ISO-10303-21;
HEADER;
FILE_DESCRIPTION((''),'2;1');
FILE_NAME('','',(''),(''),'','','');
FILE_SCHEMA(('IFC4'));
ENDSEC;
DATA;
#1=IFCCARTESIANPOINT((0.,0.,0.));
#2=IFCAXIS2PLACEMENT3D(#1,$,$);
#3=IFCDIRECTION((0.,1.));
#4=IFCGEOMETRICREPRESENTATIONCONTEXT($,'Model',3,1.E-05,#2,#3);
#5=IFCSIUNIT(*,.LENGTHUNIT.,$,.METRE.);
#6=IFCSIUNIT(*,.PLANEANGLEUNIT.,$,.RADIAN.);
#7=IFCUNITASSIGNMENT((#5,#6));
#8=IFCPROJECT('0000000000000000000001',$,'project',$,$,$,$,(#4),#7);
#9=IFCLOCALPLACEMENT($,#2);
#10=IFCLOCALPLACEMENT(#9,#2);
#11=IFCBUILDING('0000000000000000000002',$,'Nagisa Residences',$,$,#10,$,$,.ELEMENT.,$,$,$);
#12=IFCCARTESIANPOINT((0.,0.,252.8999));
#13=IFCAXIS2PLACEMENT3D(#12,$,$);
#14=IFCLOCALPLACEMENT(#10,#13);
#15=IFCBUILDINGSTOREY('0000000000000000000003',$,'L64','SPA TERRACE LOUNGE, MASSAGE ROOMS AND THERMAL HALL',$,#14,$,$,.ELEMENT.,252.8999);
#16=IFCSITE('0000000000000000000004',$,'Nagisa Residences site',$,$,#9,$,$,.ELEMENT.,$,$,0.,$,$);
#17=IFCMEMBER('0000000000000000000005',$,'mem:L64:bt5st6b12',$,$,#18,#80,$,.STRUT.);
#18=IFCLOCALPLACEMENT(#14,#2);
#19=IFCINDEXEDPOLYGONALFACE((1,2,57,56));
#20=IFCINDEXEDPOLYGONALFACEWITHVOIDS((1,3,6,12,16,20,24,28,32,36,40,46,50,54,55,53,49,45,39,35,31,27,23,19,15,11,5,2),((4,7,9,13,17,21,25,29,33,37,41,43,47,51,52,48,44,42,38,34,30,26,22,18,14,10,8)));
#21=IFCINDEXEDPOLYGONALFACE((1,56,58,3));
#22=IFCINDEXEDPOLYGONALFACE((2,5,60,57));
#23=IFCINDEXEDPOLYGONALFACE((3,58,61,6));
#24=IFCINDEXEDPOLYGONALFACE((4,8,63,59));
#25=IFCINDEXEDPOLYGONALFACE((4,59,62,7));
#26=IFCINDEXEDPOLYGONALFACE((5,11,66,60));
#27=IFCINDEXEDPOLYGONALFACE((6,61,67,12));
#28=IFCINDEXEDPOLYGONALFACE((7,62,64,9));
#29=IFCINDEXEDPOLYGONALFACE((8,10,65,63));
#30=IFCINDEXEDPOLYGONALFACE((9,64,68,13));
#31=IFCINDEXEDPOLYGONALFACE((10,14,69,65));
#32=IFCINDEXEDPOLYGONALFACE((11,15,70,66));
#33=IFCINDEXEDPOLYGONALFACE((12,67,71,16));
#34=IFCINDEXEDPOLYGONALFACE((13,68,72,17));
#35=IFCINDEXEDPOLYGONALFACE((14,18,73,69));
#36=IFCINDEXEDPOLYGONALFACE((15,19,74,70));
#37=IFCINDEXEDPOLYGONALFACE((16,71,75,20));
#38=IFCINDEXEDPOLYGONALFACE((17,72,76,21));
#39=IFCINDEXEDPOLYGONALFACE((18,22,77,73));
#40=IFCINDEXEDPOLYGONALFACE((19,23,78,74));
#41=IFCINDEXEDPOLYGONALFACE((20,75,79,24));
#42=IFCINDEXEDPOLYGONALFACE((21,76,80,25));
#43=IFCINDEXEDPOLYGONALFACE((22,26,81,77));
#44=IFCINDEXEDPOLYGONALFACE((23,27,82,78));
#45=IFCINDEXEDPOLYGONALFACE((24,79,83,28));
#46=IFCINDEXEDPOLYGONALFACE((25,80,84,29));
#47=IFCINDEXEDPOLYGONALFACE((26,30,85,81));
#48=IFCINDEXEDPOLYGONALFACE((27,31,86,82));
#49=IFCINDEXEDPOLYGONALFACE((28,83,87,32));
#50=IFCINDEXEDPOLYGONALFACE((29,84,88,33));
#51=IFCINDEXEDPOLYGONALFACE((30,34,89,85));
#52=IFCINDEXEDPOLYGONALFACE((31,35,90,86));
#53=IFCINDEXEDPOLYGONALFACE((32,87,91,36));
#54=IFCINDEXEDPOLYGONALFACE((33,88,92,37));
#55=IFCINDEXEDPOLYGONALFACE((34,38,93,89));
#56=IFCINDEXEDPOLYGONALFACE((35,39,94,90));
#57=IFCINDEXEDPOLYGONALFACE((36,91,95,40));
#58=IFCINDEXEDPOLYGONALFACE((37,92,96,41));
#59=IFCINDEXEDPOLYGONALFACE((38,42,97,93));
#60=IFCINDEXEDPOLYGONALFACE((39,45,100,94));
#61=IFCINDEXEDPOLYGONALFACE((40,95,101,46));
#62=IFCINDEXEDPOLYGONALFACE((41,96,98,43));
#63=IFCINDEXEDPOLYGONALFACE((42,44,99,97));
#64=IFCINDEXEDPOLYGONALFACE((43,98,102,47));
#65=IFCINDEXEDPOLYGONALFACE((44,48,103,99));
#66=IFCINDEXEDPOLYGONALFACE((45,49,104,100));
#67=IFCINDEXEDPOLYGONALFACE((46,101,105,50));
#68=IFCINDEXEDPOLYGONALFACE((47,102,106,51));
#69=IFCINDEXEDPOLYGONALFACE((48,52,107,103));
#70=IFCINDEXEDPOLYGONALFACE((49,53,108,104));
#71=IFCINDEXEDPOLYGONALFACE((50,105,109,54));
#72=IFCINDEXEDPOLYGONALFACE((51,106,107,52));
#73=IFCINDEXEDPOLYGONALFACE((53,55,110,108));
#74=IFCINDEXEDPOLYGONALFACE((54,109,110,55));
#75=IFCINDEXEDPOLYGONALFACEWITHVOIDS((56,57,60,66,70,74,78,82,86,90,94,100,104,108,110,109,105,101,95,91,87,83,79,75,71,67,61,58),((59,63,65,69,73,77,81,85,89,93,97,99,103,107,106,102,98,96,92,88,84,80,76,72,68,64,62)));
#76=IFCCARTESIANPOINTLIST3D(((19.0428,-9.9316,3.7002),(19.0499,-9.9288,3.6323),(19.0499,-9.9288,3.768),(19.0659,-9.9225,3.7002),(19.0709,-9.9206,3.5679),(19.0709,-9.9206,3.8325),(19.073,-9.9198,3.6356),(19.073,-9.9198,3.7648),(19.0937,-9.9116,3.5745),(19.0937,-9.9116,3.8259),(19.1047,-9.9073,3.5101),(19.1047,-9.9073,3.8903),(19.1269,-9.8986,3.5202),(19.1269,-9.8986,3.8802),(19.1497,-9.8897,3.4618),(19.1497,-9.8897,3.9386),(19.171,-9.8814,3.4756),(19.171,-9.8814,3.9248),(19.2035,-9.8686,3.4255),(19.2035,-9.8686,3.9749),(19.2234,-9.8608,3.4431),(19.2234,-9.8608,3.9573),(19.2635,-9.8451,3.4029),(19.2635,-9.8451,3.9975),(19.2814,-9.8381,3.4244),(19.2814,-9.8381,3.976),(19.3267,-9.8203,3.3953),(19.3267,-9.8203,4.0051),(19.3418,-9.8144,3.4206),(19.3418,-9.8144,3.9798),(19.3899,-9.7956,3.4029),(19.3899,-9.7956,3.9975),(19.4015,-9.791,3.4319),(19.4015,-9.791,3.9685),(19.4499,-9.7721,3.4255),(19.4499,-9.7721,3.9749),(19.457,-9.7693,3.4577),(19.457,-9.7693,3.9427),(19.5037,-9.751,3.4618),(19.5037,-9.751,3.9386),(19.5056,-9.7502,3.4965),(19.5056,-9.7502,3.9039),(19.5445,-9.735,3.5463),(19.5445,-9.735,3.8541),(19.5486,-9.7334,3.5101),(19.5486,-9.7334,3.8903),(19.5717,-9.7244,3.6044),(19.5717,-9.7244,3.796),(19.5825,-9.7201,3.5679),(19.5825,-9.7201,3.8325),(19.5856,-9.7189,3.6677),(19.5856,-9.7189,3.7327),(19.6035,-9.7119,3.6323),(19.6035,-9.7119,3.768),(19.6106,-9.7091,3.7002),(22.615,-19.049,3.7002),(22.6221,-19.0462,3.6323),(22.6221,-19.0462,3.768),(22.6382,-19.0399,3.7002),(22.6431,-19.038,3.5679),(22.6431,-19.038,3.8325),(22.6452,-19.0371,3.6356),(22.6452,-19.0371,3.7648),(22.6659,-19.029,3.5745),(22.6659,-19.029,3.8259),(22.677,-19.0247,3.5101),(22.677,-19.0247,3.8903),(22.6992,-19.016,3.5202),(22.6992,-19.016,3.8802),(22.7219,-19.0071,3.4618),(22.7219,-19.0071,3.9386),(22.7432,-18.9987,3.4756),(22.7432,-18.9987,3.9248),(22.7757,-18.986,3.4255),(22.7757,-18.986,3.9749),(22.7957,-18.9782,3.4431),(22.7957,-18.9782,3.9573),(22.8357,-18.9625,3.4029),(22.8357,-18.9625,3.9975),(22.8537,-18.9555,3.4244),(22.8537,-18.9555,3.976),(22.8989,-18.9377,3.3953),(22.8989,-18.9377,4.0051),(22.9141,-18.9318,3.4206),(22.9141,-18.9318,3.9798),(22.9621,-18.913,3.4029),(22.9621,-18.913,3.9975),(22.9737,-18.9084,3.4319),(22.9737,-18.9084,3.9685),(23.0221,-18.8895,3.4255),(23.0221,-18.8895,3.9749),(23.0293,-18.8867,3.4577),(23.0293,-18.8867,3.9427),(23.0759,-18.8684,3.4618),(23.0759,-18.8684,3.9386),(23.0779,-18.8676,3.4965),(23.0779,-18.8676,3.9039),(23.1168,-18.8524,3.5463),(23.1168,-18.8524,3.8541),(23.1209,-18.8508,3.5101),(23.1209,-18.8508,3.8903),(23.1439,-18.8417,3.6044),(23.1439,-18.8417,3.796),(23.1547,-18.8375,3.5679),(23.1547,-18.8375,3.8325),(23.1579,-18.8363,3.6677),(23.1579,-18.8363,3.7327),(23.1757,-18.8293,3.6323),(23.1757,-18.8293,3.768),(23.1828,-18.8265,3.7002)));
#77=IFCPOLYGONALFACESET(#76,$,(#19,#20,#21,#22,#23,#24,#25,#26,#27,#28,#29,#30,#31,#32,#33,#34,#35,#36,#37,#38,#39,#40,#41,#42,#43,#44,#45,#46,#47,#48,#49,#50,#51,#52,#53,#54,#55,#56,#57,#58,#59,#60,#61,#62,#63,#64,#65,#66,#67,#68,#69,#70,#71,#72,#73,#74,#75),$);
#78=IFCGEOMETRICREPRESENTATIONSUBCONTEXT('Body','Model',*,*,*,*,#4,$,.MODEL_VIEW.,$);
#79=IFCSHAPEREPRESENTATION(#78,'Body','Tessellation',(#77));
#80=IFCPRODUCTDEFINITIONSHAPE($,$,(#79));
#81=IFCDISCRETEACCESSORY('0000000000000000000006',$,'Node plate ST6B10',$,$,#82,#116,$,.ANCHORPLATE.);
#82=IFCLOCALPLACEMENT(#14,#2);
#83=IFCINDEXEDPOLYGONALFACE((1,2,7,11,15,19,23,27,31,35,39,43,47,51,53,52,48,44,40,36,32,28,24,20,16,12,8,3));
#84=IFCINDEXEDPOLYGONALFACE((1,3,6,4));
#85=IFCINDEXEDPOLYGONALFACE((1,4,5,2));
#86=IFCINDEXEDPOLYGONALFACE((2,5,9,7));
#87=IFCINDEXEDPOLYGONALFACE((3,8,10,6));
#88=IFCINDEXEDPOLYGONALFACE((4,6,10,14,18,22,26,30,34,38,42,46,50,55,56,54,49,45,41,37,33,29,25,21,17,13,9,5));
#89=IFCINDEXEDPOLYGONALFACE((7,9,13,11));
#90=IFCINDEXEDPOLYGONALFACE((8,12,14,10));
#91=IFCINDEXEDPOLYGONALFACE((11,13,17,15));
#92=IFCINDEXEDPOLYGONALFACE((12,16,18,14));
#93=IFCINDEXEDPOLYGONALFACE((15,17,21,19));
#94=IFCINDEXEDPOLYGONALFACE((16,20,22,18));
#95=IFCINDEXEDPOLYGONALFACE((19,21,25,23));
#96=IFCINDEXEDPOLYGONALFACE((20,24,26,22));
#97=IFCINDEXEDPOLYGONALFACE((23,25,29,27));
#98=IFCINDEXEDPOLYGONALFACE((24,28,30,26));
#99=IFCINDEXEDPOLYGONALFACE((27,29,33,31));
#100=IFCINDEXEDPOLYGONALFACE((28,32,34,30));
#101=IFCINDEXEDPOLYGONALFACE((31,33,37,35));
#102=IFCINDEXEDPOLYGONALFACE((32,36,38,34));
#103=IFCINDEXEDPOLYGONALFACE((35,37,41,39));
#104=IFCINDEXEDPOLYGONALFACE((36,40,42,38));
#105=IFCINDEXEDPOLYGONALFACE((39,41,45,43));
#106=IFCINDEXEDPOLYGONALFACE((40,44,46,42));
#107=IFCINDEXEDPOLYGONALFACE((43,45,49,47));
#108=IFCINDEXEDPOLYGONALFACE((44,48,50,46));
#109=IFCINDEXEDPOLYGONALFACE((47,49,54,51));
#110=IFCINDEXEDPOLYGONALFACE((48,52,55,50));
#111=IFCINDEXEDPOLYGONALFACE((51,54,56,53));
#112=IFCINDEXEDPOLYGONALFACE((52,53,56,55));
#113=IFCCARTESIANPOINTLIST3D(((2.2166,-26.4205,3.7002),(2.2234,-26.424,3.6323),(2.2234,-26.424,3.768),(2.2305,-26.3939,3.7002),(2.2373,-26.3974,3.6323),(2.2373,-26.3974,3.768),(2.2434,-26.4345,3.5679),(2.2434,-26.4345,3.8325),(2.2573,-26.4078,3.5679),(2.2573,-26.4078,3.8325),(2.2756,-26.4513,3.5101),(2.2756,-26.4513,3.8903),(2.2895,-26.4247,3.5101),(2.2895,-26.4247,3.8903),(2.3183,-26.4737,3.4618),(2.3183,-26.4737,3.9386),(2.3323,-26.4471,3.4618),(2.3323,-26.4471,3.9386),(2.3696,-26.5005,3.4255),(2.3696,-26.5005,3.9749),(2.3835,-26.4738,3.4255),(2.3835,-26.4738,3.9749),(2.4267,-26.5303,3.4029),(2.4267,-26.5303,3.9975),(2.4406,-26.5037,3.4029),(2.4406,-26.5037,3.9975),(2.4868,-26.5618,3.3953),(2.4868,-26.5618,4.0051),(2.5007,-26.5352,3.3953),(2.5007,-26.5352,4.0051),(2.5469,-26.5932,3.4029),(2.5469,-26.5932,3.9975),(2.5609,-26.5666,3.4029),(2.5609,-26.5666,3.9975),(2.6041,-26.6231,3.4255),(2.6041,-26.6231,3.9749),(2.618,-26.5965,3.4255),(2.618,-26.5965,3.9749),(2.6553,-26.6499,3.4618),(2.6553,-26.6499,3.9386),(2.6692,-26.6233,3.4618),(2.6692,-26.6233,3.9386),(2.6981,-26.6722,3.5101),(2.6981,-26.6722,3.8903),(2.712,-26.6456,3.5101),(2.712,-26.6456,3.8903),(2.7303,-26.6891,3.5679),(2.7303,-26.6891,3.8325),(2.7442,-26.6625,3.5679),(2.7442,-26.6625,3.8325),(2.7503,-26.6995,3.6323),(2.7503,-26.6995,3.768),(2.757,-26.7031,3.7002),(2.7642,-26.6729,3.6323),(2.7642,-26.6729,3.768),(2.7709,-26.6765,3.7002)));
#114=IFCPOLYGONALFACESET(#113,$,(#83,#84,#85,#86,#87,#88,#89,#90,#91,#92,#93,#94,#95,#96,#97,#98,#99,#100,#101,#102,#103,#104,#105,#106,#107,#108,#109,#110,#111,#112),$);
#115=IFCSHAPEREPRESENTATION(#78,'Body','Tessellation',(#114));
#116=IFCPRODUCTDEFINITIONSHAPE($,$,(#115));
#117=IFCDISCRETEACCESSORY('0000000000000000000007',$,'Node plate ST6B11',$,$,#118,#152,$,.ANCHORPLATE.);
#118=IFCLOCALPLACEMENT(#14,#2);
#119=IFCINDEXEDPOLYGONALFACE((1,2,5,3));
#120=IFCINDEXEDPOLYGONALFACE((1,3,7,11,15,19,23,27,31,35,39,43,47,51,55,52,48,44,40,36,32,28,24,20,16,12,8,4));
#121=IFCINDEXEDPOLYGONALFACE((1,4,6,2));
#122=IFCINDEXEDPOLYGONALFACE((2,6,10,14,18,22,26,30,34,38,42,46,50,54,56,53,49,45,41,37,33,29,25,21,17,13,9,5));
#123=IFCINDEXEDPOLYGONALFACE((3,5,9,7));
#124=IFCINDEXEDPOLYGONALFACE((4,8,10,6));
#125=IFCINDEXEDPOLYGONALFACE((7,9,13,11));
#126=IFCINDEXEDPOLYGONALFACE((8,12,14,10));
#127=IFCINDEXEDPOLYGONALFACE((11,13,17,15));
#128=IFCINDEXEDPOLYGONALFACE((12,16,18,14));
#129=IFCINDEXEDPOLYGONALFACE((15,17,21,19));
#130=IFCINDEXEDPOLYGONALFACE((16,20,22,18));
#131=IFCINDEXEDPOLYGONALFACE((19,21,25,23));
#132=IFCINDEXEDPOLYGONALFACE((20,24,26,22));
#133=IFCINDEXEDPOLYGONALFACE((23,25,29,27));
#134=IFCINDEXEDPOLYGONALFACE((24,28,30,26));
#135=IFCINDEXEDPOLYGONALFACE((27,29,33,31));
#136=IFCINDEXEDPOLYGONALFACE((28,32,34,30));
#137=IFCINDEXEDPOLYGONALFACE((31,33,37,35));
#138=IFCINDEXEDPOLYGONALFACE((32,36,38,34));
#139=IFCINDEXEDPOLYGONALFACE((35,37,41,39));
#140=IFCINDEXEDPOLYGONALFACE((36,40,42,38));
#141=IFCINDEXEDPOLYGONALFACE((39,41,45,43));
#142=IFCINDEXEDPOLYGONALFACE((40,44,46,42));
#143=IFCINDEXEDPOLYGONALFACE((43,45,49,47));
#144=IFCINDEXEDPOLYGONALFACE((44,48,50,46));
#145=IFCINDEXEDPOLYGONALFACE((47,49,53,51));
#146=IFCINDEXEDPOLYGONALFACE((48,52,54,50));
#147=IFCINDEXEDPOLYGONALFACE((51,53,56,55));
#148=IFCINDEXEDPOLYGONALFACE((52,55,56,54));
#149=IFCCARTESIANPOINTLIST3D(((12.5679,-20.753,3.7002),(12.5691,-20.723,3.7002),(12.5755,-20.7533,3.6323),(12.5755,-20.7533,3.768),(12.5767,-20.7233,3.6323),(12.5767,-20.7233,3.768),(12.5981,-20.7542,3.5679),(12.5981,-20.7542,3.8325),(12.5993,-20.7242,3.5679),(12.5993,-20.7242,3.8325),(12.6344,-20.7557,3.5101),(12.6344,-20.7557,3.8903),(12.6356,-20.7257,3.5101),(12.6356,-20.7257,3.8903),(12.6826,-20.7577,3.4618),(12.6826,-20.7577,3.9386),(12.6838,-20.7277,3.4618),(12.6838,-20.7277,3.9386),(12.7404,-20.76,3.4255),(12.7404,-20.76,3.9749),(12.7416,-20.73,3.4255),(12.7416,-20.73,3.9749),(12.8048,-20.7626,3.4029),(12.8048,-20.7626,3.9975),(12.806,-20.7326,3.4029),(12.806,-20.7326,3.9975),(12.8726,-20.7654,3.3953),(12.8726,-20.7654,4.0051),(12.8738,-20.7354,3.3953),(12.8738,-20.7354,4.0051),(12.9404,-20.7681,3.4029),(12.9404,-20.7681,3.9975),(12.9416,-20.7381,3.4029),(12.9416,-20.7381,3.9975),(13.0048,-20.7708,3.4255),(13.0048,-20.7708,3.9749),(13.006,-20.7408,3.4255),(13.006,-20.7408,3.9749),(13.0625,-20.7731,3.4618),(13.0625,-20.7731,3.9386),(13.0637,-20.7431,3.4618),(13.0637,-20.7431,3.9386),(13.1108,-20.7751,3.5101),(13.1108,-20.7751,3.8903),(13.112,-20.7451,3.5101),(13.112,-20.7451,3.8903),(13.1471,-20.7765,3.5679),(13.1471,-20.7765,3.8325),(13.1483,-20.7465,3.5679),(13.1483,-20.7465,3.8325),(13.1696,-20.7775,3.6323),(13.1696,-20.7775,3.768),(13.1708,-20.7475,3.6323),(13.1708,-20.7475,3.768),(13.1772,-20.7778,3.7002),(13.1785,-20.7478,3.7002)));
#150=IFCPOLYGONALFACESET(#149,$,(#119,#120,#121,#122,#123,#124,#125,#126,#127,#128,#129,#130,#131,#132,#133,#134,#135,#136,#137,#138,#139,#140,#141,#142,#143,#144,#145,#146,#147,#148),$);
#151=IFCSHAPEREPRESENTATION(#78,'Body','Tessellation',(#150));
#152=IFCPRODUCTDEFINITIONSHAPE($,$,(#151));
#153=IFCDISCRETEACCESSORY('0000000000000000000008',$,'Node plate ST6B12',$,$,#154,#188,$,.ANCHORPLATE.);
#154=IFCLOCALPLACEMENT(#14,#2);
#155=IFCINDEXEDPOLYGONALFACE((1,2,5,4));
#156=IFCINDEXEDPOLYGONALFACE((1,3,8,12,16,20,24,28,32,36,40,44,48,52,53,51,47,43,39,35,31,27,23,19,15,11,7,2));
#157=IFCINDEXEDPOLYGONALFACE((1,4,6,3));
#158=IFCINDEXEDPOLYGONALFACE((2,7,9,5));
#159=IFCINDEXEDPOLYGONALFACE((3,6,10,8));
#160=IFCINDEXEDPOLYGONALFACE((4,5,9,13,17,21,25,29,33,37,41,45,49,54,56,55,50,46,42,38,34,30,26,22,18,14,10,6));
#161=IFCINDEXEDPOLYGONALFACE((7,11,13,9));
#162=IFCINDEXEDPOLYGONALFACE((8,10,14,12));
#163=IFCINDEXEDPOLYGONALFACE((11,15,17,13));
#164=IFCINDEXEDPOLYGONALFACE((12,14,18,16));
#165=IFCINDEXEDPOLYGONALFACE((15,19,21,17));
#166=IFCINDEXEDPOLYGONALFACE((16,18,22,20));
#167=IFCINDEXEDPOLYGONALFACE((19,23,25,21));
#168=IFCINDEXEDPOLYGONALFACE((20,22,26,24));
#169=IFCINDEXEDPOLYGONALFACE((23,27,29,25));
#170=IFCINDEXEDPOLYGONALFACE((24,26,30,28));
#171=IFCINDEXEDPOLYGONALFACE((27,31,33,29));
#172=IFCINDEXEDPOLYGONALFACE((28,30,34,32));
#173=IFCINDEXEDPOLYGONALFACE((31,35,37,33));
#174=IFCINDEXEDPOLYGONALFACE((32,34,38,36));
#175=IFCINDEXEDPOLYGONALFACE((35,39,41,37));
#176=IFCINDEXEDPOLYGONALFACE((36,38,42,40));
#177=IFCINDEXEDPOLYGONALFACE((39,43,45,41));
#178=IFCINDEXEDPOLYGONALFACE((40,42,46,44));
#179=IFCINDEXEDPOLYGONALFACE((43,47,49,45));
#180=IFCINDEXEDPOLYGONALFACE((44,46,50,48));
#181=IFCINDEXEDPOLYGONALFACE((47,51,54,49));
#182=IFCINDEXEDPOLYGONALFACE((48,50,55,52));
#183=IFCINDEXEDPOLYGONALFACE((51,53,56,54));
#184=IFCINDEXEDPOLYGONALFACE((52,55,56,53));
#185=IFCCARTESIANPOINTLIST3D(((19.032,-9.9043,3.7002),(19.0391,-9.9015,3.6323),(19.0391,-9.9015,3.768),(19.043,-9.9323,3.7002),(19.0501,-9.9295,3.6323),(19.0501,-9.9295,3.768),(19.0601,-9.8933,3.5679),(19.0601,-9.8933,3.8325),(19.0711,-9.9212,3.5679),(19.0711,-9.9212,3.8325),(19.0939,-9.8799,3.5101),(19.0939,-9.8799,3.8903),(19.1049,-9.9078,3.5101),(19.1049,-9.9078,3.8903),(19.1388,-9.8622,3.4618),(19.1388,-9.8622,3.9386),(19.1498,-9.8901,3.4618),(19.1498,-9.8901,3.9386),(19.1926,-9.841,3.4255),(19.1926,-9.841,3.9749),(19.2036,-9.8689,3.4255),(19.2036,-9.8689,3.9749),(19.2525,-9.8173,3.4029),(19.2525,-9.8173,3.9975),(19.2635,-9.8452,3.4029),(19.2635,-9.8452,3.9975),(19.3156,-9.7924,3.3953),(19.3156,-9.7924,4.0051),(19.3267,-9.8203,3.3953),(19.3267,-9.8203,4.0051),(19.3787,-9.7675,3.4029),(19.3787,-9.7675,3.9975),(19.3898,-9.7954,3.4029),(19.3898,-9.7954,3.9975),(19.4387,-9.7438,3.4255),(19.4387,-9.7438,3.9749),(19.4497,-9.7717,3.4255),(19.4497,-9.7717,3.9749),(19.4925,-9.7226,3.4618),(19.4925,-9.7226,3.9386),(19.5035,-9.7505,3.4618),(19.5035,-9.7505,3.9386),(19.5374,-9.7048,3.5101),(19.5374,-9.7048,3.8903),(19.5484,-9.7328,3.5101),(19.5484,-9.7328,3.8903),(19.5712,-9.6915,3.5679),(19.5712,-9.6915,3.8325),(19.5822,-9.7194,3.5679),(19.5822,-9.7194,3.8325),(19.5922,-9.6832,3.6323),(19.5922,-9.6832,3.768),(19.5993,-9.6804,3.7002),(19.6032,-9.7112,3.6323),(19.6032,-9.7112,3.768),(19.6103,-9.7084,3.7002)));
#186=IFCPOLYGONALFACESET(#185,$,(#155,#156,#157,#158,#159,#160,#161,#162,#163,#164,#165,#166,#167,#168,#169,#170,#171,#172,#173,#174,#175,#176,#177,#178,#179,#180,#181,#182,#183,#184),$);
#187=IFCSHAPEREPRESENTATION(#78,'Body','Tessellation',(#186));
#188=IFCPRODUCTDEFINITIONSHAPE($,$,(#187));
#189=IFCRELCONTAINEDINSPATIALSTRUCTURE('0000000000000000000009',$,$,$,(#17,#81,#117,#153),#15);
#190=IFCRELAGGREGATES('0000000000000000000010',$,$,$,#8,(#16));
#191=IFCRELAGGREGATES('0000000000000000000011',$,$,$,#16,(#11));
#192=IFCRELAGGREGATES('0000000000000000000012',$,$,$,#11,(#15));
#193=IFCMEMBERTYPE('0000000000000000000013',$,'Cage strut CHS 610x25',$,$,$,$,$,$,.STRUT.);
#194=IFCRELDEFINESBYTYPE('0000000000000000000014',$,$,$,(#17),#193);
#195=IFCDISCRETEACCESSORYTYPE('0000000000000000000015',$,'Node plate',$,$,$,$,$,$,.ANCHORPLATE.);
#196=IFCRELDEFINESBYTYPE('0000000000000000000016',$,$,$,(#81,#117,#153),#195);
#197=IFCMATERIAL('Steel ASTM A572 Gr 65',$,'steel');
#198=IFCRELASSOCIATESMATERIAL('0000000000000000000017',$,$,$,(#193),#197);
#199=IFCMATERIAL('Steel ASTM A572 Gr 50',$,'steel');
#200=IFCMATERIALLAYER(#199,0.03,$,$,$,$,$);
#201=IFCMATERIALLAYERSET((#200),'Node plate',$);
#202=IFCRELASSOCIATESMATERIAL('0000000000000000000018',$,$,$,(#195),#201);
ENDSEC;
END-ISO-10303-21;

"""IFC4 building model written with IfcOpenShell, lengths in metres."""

from ifc_helpers import new_model, si_unit, direction, frame, origin, origin_2d, place, context, subcontext, project, spatial, circle, hollow_circle, extrude, material, layer, layer_set, material_profile, profile_set, type_object, element, save


model = new_model("IFC4")

# Units and contexts
model_context = context("Model", 3, precision=1e-05, world=origin(), true_north=direction((0.0, 1.0)))
body_context = subcontext(model_context, "Body", "Model", "MODEL_VIEW")
ifc_project = project(units=[si_unit("LENGTHUNIT", "METRE"), si_unit("PLANEANGLEUNIT", "RADIAN")], contexts=[model_context])

# Site, building, storey
site_placement = place(None, origin())
site = spatial("IfcSite", under=ifc_project, at=site_placement, Name="Nagisa Residences site", CompositionType="ELEMENT", RefElevation=0.0)
building_placement = place(site_placement, origin())
building = spatial("IfcBuilding", under=site, at=building_placement, Name="Nagisa Residences", CompositionType="ELEMENT")
storey_placement = place(building_placement, frame((0.0, 0.0, 252.8999)))
storey = spatial("IfcBuildingStorey", under=building, at=storey_placement, Name="L64", Description="SPA TERRACE LOUNGE, MASSAGE ROOMS AND THERMAL HALL", CompositionType="ELEMENT", Elevation=252.8999)

# Member
ifc_material_1 = material(Name="Steel ASTM A572 Gr 65", Category="steel")
ifc_material_profile_1 = material_profile(ifc_material_1, hollow_circle(Radius=0.3049, WallThickness=0.0249, at=origin_2d()), Name="CHS 610x25")
ifc_profile_set_1 = profile_set([ifc_material_profile_1], Name="Steel ASTM A572 Gr 65")
member_type_1 = type_object("IfcMemberType", Name="Cage strut CHS 610x25", PredefinedType="STRUT", material=ifc_profile_set_1)
member_1_placement = place(storey_placement, frame((22.8989, -18.9377, 3.7002), z_axis=(-0.364804, 0.931084, 0.0), x_axis=(-0.931084, -0.364804, 0.0)))
element("IfcMember", 1, at=member_1_placement, inside=storey, type_object=member_type_1, Name="mem:L64:bt5st6b12", PredefinedType="STRUT", context=body_context, shape_type="SweptSolid", body=[
    extrude(hollow_circle(Radius=0.3049, WallThickness=0.0249, at=origin_2d()), origin(), (0.0, 0.0, 1.0), 9.7922),
])

# Discrete accessories
ifc_material_2 = material(Name="Steel ASTM A572 Gr 50", Category="steel")
ifc_layer = layer(ifc_material_2, 0.03)
ifc_layer_set = layer_set([ifc_layer], Name="Node plate")
discrete_accessory_type = type_object("IfcDiscreteAccessoryType", Name="Node plate", PredefinedType="ANCHORPLATE", material=ifc_layer_set)
for number, where, z_axis, x_axis, name in (
    (2, (2.4868, -26.5618, 3.7002), (0.463399, 0.88615, 0.0), (-0.88615, 0.463399, 0.0), "Node plate ST6B10"),
    (3, (12.8726, -20.7654, 3.7002), (0.040617, 0.999175, 0.0), (-0.999175, 0.040617, 0.0), "Node plate ST6B11"),
    (4, (19.3267, -9.8203, 3.7002), (-0.367167, 0.930155, 0.0), (-0.930155, -0.367167, 0.0), "Node plate ST6B12"),
):
    element("IfcDiscreteAccessory", number, at=place(storey_placement, frame(where, z_axis=z_axis, x_axis=x_axis)), inside=storey, type_object=discrete_accessory_type, Name=name, PredefinedType="ANCHORPLATE", context=body_context, shape_type="SweptSolid", body=[
        extrude(circle(Radius=0.3049, at=origin_2d()), origin(), (0.0, 0.0, 1.0), 0.03),
    ])

save(model, "model.ifc")
